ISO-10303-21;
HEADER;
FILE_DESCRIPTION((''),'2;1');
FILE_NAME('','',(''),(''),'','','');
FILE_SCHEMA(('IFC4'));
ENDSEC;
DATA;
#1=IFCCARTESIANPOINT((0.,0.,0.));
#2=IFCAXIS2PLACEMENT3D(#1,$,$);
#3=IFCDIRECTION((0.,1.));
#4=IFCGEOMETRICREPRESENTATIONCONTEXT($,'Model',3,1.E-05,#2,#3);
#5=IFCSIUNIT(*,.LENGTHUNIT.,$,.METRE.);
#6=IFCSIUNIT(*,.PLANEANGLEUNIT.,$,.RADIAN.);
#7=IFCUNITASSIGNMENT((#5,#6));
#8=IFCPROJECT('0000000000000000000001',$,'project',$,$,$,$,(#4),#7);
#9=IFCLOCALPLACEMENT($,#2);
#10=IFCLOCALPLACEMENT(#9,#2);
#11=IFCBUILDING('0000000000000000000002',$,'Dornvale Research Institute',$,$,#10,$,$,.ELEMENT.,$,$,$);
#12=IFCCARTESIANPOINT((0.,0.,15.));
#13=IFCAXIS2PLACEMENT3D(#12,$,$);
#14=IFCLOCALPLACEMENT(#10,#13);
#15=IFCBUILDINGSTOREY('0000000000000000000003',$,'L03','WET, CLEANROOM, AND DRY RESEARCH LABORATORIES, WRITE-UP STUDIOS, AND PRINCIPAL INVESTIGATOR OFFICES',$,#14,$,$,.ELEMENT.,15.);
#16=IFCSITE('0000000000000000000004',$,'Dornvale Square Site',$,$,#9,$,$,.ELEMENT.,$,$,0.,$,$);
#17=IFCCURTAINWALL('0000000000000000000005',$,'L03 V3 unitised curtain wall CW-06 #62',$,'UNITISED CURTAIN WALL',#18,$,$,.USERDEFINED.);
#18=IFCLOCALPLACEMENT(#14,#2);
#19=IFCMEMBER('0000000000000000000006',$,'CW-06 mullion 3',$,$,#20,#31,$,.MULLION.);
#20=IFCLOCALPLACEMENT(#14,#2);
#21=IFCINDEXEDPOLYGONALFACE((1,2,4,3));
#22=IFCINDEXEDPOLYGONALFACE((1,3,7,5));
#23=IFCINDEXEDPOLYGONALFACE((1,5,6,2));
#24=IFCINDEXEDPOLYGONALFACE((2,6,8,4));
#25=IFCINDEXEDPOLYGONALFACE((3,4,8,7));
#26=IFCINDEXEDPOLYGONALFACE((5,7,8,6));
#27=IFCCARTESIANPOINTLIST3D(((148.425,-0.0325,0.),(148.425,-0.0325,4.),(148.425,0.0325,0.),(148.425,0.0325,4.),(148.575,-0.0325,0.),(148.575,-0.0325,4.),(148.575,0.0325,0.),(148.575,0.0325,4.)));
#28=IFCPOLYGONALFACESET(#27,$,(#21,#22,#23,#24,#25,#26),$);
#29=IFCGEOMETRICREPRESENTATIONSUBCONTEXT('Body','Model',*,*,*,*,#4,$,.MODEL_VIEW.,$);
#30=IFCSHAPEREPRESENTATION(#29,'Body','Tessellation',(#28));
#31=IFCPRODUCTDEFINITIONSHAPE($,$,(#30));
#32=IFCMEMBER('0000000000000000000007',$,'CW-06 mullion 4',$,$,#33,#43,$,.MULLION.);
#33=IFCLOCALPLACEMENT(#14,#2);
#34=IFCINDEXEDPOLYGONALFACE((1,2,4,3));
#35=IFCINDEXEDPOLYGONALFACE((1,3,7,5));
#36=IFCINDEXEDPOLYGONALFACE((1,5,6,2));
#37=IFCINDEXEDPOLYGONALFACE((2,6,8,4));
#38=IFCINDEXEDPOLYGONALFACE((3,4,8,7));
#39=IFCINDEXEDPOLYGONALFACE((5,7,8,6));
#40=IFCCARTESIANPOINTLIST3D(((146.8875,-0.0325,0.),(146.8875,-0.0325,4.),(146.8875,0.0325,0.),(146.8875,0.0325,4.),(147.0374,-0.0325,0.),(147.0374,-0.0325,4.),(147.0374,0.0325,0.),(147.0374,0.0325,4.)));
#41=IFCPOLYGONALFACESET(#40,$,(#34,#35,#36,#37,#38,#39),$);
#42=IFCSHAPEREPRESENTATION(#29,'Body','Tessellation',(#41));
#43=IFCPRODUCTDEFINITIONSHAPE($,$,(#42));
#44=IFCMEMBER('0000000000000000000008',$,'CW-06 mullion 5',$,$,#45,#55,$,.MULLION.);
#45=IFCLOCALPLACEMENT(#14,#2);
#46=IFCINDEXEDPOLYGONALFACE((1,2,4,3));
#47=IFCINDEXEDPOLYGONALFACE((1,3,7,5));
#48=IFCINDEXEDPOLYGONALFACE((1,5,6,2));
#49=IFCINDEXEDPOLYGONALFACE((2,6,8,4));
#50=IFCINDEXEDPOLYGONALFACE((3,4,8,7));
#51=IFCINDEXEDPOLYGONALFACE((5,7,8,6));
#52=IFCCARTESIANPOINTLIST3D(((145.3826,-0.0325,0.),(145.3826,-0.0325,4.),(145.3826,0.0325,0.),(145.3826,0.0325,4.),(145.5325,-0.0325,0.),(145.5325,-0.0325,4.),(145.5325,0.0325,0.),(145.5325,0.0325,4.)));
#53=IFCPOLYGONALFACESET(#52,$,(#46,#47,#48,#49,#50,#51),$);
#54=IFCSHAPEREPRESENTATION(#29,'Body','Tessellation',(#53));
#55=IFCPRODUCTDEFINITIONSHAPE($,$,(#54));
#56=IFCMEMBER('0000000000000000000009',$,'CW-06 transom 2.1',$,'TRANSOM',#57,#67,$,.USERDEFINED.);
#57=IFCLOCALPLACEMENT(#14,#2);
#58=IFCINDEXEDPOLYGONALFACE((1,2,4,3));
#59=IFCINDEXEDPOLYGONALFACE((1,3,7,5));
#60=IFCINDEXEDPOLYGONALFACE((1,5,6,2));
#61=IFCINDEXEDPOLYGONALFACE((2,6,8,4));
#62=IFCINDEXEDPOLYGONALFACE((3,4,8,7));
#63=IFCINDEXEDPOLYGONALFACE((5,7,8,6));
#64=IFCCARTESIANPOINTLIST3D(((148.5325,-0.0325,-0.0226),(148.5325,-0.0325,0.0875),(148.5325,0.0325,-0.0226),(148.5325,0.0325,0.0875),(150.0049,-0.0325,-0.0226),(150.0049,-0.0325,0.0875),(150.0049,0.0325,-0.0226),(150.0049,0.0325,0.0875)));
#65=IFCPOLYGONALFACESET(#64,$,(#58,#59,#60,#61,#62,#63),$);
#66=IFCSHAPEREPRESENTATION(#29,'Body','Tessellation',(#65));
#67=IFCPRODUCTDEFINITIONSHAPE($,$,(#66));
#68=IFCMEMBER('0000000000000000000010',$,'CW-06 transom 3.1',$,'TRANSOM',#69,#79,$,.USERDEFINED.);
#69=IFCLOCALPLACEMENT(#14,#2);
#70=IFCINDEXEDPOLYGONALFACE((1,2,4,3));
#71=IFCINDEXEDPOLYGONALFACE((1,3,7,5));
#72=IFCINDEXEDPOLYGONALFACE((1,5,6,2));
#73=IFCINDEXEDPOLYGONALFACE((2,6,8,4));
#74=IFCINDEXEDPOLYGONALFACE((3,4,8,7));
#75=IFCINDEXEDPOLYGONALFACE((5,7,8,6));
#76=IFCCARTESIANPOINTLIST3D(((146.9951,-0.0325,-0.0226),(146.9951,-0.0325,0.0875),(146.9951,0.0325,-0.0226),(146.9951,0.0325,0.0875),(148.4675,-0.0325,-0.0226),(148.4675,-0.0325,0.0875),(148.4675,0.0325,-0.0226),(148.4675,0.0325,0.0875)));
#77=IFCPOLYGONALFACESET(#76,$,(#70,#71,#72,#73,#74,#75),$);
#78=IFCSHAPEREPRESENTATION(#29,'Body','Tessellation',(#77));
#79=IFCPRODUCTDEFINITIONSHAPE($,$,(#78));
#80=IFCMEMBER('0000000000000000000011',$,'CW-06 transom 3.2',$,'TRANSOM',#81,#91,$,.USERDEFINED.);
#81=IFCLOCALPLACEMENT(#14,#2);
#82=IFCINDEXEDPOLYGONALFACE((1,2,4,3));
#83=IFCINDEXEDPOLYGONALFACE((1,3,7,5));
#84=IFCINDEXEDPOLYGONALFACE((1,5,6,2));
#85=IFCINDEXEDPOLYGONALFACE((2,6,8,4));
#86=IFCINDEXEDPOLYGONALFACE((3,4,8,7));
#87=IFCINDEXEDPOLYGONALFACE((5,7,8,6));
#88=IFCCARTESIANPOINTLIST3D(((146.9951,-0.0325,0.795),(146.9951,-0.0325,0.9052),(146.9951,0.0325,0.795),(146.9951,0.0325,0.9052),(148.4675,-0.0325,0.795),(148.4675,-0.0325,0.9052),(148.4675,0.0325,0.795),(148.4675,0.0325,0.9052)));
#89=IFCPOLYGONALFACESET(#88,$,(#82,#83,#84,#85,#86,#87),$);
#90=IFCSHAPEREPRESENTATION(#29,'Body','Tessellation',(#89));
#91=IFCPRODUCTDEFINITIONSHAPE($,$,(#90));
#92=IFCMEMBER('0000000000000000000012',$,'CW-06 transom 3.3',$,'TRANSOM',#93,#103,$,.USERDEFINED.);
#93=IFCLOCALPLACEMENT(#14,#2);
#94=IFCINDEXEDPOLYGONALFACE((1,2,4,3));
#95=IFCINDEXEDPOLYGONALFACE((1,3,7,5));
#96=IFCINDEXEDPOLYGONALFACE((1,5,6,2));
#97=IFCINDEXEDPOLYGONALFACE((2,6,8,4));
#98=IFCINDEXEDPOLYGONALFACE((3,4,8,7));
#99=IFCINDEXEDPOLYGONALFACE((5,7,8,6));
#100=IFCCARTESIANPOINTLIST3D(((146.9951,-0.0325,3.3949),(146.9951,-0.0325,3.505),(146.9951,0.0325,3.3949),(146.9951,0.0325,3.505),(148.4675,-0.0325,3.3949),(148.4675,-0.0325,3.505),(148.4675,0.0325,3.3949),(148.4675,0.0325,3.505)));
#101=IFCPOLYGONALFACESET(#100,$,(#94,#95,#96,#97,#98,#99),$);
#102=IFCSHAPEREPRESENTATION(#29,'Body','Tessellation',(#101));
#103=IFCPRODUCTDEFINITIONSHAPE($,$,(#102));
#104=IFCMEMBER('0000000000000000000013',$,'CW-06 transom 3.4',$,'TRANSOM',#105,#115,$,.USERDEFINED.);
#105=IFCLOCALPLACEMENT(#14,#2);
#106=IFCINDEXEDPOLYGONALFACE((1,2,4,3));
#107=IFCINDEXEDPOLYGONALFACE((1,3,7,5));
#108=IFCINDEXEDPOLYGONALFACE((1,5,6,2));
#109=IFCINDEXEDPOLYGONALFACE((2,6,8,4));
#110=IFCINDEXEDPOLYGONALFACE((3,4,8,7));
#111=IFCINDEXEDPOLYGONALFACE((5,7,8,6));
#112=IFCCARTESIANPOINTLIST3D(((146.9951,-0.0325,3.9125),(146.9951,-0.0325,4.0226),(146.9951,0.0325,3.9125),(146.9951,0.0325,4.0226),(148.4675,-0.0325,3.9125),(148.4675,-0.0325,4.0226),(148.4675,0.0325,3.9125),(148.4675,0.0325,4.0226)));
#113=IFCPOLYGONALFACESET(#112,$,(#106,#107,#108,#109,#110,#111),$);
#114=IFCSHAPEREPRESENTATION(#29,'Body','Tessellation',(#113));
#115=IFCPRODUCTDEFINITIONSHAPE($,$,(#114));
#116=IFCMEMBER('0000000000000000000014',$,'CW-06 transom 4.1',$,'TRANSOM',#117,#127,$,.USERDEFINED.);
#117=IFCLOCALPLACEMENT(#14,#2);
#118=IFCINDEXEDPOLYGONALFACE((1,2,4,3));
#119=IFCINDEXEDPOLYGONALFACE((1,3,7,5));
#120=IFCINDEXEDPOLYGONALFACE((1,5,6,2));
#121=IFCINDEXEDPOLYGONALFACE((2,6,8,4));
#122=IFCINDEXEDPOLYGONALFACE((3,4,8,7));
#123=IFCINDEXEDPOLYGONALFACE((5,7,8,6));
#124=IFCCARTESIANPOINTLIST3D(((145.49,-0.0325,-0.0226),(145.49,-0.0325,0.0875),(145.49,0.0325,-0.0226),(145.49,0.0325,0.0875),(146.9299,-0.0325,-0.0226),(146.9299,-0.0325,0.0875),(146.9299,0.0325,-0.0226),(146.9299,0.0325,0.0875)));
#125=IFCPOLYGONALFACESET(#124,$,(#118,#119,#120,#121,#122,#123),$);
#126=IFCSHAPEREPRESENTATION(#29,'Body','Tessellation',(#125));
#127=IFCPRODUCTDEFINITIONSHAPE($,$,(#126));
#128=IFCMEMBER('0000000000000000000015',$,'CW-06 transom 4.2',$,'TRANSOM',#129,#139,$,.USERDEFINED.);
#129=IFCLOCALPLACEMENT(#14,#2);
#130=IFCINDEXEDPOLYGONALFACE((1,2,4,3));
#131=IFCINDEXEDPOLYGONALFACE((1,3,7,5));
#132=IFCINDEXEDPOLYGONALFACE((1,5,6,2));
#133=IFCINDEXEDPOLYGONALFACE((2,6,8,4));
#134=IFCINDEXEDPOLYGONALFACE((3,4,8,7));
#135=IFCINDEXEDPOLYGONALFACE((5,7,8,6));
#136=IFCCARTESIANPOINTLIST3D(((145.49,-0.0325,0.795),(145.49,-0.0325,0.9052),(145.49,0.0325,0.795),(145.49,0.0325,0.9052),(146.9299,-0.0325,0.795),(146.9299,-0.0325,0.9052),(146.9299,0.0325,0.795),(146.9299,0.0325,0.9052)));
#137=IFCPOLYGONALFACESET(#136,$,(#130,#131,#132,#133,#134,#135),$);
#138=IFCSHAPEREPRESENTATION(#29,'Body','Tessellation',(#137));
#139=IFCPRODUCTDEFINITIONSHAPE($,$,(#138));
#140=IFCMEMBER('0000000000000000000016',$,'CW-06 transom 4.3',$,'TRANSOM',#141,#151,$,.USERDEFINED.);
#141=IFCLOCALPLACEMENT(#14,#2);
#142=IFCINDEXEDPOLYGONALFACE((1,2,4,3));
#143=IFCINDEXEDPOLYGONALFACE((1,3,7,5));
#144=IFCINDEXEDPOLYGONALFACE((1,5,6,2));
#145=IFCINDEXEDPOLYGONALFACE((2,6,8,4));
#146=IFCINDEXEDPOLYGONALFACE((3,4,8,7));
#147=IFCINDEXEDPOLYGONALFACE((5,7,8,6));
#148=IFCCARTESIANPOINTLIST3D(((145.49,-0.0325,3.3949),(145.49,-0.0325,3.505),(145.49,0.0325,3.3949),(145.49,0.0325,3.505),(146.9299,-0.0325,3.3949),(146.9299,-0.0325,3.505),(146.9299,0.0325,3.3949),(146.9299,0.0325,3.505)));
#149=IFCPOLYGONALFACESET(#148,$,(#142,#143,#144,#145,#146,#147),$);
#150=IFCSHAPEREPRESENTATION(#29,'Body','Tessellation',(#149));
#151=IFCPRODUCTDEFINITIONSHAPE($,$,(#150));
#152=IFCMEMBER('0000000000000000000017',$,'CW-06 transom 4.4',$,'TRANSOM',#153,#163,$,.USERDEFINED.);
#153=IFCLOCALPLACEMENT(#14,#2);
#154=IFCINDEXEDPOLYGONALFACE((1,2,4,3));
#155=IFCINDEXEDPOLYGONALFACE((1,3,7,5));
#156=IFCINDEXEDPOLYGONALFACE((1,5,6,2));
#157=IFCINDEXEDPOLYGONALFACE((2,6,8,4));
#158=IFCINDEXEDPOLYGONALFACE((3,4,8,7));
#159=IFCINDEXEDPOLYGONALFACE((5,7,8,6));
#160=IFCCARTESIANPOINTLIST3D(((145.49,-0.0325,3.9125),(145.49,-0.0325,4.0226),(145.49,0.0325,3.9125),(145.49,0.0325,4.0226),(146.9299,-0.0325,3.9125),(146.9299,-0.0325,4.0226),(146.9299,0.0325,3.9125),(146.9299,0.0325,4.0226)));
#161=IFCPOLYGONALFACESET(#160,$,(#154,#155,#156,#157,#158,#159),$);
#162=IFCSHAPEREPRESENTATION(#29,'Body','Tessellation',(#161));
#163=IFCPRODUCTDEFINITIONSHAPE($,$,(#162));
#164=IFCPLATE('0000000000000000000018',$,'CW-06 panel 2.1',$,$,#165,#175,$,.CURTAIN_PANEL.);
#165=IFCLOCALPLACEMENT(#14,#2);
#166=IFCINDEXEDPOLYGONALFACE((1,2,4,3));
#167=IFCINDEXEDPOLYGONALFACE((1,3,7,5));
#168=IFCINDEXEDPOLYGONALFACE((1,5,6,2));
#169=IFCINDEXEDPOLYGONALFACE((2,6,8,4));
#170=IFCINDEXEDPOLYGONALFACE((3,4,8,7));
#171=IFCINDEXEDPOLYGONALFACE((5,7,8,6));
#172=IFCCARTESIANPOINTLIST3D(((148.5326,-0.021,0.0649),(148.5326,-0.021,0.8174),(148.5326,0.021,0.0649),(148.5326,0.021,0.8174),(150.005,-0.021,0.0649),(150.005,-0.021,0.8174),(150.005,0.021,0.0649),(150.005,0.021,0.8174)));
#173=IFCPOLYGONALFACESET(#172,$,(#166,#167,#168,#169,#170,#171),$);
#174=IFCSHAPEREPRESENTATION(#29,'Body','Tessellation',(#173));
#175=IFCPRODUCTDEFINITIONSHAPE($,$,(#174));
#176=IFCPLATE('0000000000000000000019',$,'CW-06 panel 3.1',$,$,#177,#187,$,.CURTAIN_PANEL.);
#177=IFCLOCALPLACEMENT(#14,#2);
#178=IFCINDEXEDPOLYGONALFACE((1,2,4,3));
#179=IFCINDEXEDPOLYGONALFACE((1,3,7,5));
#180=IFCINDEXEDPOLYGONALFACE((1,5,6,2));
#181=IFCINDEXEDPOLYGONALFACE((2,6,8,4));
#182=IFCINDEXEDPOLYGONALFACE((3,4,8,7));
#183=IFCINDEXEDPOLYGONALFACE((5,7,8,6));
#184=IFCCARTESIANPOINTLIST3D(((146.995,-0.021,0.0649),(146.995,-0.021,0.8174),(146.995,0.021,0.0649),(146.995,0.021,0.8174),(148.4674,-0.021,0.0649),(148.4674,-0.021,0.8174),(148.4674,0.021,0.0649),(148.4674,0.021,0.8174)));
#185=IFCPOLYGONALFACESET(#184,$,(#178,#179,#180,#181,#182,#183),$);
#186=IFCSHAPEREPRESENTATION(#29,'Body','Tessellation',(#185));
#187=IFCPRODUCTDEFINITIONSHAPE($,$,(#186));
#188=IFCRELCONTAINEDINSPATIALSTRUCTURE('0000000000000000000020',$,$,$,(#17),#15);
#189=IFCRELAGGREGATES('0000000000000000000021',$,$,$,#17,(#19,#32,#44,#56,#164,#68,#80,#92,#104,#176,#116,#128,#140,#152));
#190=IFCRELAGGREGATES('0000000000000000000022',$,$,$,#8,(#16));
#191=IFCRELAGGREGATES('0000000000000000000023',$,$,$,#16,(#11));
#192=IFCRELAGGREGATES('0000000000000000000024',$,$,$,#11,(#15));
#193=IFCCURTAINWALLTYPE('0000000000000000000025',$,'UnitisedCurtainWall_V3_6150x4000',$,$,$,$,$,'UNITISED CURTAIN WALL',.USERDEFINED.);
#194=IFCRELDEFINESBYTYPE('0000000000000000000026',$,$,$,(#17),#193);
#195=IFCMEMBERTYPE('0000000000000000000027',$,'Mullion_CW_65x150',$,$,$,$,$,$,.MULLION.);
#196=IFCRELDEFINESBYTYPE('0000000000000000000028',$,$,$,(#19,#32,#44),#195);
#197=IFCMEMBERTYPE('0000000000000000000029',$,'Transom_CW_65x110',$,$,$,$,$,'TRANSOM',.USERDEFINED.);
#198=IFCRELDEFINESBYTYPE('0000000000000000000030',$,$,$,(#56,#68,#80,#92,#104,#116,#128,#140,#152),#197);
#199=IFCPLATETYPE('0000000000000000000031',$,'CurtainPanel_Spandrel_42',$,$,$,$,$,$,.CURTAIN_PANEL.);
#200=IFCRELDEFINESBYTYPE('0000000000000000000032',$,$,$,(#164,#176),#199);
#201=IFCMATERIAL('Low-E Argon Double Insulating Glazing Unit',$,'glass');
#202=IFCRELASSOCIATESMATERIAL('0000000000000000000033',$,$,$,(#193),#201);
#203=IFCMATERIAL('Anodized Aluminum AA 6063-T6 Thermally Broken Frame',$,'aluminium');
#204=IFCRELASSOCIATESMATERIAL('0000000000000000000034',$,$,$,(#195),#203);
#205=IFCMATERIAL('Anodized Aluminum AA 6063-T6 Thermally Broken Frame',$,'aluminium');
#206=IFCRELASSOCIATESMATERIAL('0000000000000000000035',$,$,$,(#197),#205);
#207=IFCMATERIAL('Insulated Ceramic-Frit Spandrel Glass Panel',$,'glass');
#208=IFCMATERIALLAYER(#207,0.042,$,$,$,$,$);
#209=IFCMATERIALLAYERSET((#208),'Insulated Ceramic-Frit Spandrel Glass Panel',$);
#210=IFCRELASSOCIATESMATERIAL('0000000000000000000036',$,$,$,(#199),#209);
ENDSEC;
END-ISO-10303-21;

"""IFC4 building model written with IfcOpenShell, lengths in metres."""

from ifc_helpers import new_model, si_unit, direction, frame, origin, origin_2d, place, context, subcontext, project, spatial, rectangle, extrude, material, layer, layer_set, material_profile, profile_set, type_object, element, aggregate, save


model = new_model("IFC4")

# Units and contexts
model_context = context("Model", 3, precision=1e-05, world=origin(), true_north=direction((0.0, 1.0)))
body_context = subcontext(model_context, "Body", "Model", "MODEL_VIEW")
ifc_project = project(units=[si_unit("LENGTHUNIT", "METRE"), si_unit("PLANEANGLEUNIT", "RADIAN")], contexts=[model_context])

# Site, building, storey
site_placement = place(None, origin())
site = spatial("IfcSite", under=ifc_project, at=site_placement, Name="Dornvale Square Site", CompositionType="ELEMENT", RefElevation=0.0)
building_placement = place(site_placement, origin())
building = spatial("IfcBuilding", under=site, at=building_placement, Name="Dornvale Research Institute", CompositionType="ELEMENT")
storey_placement = place(building_placement, frame((0.0, 0.0, 15.0)))
storey = spatial("IfcBuildingStorey", under=building, at=storey_placement, Name="L03", Description="WET, CLEANROOM, AND DRY RESEARCH LABORATORIES, WRITE-UP STUDIOS, AND PRINCIPAL INVESTIGATOR OFFICES", CompositionType="ELEMENT", Elevation=15.0)

# Curtain wall, members, plates
ifc_material_1 = material(Name="Low-E Argon Double Insulating Glazing Unit", Category="glass")
curtain_wall_type = type_object("IfcCurtainWallType", Name="UnitisedCurtainWall_V3_6150x4000", ElementType="UNITISED CURTAIN WALL", PredefinedType="USERDEFINED", material=ifc_material_1)
curtain_wall_placement = place(storey_placement, origin())
curtain_wall = element("IfcCurtainWall", 1, at=curtain_wall_placement, inside=storey, type_object=curtain_wall_type, Name="L03 V3 unitised curtain wall CW-06 #62", ObjectType="UNITISED CURTAIN WALL", PredefinedType="USERDEFINED")
ifc_material_2 = material(Name="Anodized Aluminum AA 6063-T6 Thermally Broken Frame", Category="aluminium")
ifc_material_profile_1 = material_profile(ifc_material_2, rectangle(XDim=0.0649, YDim=0.1499, at=origin_2d()), Name="ALU MULLION 65x150")
ifc_profile_set_1 = profile_set([ifc_material_profile_1], Name="Anodized Aluminum AA 6063-T6 Thermally Broken Frame")
member_type_1 = type_object("IfcMemberType", Name="Mullion_CW_65x150", PredefinedType="MULLION", material=ifc_profile_set_1)
member_1_placement = place(storey_placement, frame((148.5, 0.0, 0.0), z_axis=(0.0, 0.0, 1.0), x_axis=(0.0, -1.0, 0.0)))
member_1 = element("IfcMember", 2, at=member_1_placement, type_object=member_type_1, Name="CW-06 mullion 3", PredefinedType="MULLION", context=body_context, shape_type="SweptSolid", body=[
    extrude(rectangle(XDim=0.0649, YDim=0.1499, at=origin_2d()), origin(), (0.0, 0.0, 1.0), 4.0),
])
member_2_placement = place(storey_placement, frame((146.9624, 0.0, 0.0), z_axis=(0.0, 0.0, 1.0), x_axis=(0.0, -1.0, 0.0)))
member_2 = element("IfcMember", 3, at=member_2_placement, type_object=member_type_1, Name="CW-06 mullion 4", PredefinedType="MULLION", context=body_context, shape_type="SweptSolid", body=[
    extrude(rectangle(XDim=0.0649, YDim=0.1499, at=origin_2d()), origin(), (0.0, 0.0, 1.0), 4.0),
])
member_3_placement = place(storey_placement, frame((145.4575, 0.0, 0.0), z_axis=(0.0, 0.0, 1.0), x_axis=(0.0, -1.0, 0.0)))
member_3 = element("IfcMember", 4, at=member_3_placement, type_object=member_type_1, Name="CW-06 mullion 5", PredefinedType="MULLION", context=body_context, shape_type="SweptSolid", body=[
    extrude(rectangle(XDim=0.0649, YDim=0.1499, at=origin_2d()), origin(), (0.0, 0.0, 1.0), 4.0),
])
ifc_material_3 = material(Name="Anodized Aluminum AA 6063-T6 Thermally Broken Frame", Category="aluminium")
ifc_material_profile_2 = material_profile(ifc_material_3, rectangle(XDim=0.0649, YDim=0.1101, at=origin_2d()), Name="ALU TRANSOM 65x110")
ifc_profile_set_2 = profile_set([ifc_material_profile_2], Name="Anodized Aluminum AA 6063-T6 Thermally Broken Frame")
member_type_2 = type_object("IfcMemberType", Name="Transom_CW_65x110", ElementType="TRANSOM", PredefinedType="USERDEFINED", material=ifc_profile_set_2)
member_4_placement = place(storey_placement, frame((150.0049, 0.0, 0.0325), z_axis=(-1.0, 0.0, 0.0), x_axis=(0.0, -1.0, 0.0)))
member_4 = element("IfcMember", 5, at=member_4_placement, type_object=member_type_2, Name="CW-06 transom 2.1", ObjectType="TRANSOM", PredefinedType="USERDEFINED", context=body_context, shape_type="SweptSolid", body=[
    extrude(rectangle(XDim=0.0649, YDim=0.1101, at=origin_2d()), origin(), (0.0, 0.0, 1.0), 1.4724),
])
member_5_placement = place(storey_placement, frame((148.4675, 0.0, 0.0325), z_axis=(-1.0, 0.0, 0.0), x_axis=(0.0, -1.0, 0.0)))
member_5 = element("IfcMember", 6, at=member_5_placement, type_object=member_type_2, Name="CW-06 transom 3.1", ObjectType="TRANSOM", PredefinedType="USERDEFINED", context=body_context, shape_type="SweptSolid", body=[
    extrude(rectangle(XDim=0.0649, YDim=0.1101, at=origin_2d()), origin(), (0.0, 0.0, 1.0), 1.4724),
])
member_6_placement = place(storey_placement, frame((148.4675, 0.0, 0.8501), z_axis=(-1.0, 0.0, 0.0), x_axis=(0.0, -1.0, 0.0)))
member_6 = element("IfcMember", 7, at=member_6_placement, type_object=member_type_2, Name="CW-06 transom 3.2", ObjectType="TRANSOM", PredefinedType="USERDEFINED", context=body_context, shape_type="SweptSolid", body=[
    extrude(rectangle(XDim=0.0649, YDim=0.1101, at=origin_2d()), origin(), (0.0, 0.0, 1.0), 1.4724),
])
member_7_placement = place(storey_placement, frame((148.4675, 0.0, 3.45), z_axis=(-1.0, 0.0, 0.0), x_axis=(0.0, -1.0, 0.0)))
member_7 = element("IfcMember", 8, at=member_7_placement, type_object=member_type_2, Name="CW-06 transom 3.3", ObjectType="TRANSOM", PredefinedType="USERDEFINED", context=body_context, shape_type="SweptSolid", body=[
    extrude(rectangle(XDim=0.0649, YDim=0.1101, at=origin_2d()), origin(), (0.0, 0.0, 1.0), 1.4724),
])
member_8_placement = place(storey_placement, frame((148.4675, 0.0, 3.9675), z_axis=(-1.0, 0.0, 0.0), x_axis=(0.0, -1.0, 0.0)))
member_8 = element("IfcMember", 9, at=member_8_placement, type_object=member_type_2, Name="CW-06 transom 3.4", ObjectType="TRANSOM", PredefinedType="USERDEFINED", context=body_context, shape_type="SweptSolid", body=[
    extrude(rectangle(XDim=0.0649, YDim=0.1101, at=origin_2d()), origin(), (0.0, 0.0, 1.0), 1.4724),
])
member_9_placement = place(storey_placement, frame((146.9299, 0.0, 0.0325), z_axis=(-1.0, 0.0, 0.0), x_axis=(0.0, -1.0, 0.0)))
member_9 = element("IfcMember", 10, at=member_9_placement, type_object=member_type_2, Name="CW-06 transom 4.1", ObjectType="TRANSOM", PredefinedType="USERDEFINED", context=body_context, shape_type="SweptSolid", body=[
    extrude(rectangle(XDim=0.0649, YDim=0.1101, at=origin_2d()), origin(), (0.0, 0.0, 1.0), 1.4399),
])
member_10_placement = place(storey_placement, frame((146.9299, 0.0, 0.8501), z_axis=(-1.0, 0.0, 0.0), x_axis=(0.0, -1.0, 0.0)))
member_10 = element("IfcMember", 11, at=member_10_placement, type_object=member_type_2, Name="CW-06 transom 4.2", ObjectType="TRANSOM", PredefinedType="USERDEFINED", context=body_context, shape_type="SweptSolid", body=[
    extrude(rectangle(XDim=0.0649, YDim=0.1101, at=origin_2d()), origin(), (0.0, 0.0, 1.0), 1.4399),
])
member_11_placement = place(storey_placement, frame((146.9299, 0.0, 3.45), z_axis=(-1.0, 0.0, 0.0), x_axis=(0.0, -1.0, 0.0)))
member_11 = element("IfcMember", 12, at=member_11_placement, type_object=member_type_2, Name="CW-06 transom 4.3", ObjectType="TRANSOM", PredefinedType="USERDEFINED", context=body_context, shape_type="SweptSolid", body=[
    extrude(rectangle(XDim=0.0649, YDim=0.1101, at=origin_2d()), origin(), (0.0, 0.0, 1.0), 1.4399),
])
member_12_placement = place(storey_placement, frame((146.9299, 0.0, 3.9675), z_axis=(-1.0, 0.0, 0.0), x_axis=(0.0, -1.0, 0.0)))
member_12 = element("IfcMember", 13, at=member_12_placement, type_object=member_type_2, Name="CW-06 transom 4.4", ObjectType="TRANSOM", PredefinedType="USERDEFINED", context=body_context, shape_type="SweptSolid", body=[
    extrude(rectangle(XDim=0.0649, YDim=0.1101, at=origin_2d()), origin(), (0.0, 0.0, 1.0), 1.4399),
])
ifc_material_4 = material(Name="Insulated Ceramic-Frit Spandrel Glass Panel", Category="glass")
ifc_layer_1 = layer(ifc_material_4, 0.042)
ifc_layer_set_1 = layer_set([ifc_layer_1], Name="Insulated Ceramic-Frit Spandrel Glass Panel")
plate_type_1 = type_object("IfcPlateType", Name="CurtainPanel_Spandrel_42", PredefinedType="CURTAIN_PANEL", material=ifc_layer_set_1)
plate_1_placement = place(storey_placement, frame((149.2688, 0.0, 0.0649), z_axis=(0.0, 0.0, 1.0), x_axis=(-1.0, 0.0, 0.0)))
plate_1 = element("IfcPlate", 14, at=plate_1_placement, type_object=plate_type_1, Name="CW-06 panel 2.1", PredefinedType="CURTAIN_PANEL", context=body_context, shape_type="SweptSolid", body=[
    extrude(rectangle(XDim=1.4724, YDim=0.042, at=origin_2d()), origin(), (0.0, 0.0, 1.0), 0.7524),
])
plate_2_placement = place(storey_placement, frame((147.7312, 0.0, 0.0649), z_axis=(0.0, 0.0, 1.0), x_axis=(-1.0, 0.0, 0.0)))
plate_2 = element("IfcPlate", 15, at=plate_2_placement, type_object=plate_type_1, Name="CW-06 panel 3.1", PredefinedType="CURTAIN_PANEL", context=body_context, shape_type="SweptSolid", body=[
    extrude(rectangle(XDim=1.4724, YDim=0.042, at=origin_2d()), origin(), (0.0, 0.0, 1.0), 0.7524),
])
aggregate(curtain_wall, [member_1, member_2, member_3, member_4, plate_1, member_5, member_6, member_7, member_8, plate_2, member_9, member_10, member_11, member_12])

save(model, "model.ifc")
